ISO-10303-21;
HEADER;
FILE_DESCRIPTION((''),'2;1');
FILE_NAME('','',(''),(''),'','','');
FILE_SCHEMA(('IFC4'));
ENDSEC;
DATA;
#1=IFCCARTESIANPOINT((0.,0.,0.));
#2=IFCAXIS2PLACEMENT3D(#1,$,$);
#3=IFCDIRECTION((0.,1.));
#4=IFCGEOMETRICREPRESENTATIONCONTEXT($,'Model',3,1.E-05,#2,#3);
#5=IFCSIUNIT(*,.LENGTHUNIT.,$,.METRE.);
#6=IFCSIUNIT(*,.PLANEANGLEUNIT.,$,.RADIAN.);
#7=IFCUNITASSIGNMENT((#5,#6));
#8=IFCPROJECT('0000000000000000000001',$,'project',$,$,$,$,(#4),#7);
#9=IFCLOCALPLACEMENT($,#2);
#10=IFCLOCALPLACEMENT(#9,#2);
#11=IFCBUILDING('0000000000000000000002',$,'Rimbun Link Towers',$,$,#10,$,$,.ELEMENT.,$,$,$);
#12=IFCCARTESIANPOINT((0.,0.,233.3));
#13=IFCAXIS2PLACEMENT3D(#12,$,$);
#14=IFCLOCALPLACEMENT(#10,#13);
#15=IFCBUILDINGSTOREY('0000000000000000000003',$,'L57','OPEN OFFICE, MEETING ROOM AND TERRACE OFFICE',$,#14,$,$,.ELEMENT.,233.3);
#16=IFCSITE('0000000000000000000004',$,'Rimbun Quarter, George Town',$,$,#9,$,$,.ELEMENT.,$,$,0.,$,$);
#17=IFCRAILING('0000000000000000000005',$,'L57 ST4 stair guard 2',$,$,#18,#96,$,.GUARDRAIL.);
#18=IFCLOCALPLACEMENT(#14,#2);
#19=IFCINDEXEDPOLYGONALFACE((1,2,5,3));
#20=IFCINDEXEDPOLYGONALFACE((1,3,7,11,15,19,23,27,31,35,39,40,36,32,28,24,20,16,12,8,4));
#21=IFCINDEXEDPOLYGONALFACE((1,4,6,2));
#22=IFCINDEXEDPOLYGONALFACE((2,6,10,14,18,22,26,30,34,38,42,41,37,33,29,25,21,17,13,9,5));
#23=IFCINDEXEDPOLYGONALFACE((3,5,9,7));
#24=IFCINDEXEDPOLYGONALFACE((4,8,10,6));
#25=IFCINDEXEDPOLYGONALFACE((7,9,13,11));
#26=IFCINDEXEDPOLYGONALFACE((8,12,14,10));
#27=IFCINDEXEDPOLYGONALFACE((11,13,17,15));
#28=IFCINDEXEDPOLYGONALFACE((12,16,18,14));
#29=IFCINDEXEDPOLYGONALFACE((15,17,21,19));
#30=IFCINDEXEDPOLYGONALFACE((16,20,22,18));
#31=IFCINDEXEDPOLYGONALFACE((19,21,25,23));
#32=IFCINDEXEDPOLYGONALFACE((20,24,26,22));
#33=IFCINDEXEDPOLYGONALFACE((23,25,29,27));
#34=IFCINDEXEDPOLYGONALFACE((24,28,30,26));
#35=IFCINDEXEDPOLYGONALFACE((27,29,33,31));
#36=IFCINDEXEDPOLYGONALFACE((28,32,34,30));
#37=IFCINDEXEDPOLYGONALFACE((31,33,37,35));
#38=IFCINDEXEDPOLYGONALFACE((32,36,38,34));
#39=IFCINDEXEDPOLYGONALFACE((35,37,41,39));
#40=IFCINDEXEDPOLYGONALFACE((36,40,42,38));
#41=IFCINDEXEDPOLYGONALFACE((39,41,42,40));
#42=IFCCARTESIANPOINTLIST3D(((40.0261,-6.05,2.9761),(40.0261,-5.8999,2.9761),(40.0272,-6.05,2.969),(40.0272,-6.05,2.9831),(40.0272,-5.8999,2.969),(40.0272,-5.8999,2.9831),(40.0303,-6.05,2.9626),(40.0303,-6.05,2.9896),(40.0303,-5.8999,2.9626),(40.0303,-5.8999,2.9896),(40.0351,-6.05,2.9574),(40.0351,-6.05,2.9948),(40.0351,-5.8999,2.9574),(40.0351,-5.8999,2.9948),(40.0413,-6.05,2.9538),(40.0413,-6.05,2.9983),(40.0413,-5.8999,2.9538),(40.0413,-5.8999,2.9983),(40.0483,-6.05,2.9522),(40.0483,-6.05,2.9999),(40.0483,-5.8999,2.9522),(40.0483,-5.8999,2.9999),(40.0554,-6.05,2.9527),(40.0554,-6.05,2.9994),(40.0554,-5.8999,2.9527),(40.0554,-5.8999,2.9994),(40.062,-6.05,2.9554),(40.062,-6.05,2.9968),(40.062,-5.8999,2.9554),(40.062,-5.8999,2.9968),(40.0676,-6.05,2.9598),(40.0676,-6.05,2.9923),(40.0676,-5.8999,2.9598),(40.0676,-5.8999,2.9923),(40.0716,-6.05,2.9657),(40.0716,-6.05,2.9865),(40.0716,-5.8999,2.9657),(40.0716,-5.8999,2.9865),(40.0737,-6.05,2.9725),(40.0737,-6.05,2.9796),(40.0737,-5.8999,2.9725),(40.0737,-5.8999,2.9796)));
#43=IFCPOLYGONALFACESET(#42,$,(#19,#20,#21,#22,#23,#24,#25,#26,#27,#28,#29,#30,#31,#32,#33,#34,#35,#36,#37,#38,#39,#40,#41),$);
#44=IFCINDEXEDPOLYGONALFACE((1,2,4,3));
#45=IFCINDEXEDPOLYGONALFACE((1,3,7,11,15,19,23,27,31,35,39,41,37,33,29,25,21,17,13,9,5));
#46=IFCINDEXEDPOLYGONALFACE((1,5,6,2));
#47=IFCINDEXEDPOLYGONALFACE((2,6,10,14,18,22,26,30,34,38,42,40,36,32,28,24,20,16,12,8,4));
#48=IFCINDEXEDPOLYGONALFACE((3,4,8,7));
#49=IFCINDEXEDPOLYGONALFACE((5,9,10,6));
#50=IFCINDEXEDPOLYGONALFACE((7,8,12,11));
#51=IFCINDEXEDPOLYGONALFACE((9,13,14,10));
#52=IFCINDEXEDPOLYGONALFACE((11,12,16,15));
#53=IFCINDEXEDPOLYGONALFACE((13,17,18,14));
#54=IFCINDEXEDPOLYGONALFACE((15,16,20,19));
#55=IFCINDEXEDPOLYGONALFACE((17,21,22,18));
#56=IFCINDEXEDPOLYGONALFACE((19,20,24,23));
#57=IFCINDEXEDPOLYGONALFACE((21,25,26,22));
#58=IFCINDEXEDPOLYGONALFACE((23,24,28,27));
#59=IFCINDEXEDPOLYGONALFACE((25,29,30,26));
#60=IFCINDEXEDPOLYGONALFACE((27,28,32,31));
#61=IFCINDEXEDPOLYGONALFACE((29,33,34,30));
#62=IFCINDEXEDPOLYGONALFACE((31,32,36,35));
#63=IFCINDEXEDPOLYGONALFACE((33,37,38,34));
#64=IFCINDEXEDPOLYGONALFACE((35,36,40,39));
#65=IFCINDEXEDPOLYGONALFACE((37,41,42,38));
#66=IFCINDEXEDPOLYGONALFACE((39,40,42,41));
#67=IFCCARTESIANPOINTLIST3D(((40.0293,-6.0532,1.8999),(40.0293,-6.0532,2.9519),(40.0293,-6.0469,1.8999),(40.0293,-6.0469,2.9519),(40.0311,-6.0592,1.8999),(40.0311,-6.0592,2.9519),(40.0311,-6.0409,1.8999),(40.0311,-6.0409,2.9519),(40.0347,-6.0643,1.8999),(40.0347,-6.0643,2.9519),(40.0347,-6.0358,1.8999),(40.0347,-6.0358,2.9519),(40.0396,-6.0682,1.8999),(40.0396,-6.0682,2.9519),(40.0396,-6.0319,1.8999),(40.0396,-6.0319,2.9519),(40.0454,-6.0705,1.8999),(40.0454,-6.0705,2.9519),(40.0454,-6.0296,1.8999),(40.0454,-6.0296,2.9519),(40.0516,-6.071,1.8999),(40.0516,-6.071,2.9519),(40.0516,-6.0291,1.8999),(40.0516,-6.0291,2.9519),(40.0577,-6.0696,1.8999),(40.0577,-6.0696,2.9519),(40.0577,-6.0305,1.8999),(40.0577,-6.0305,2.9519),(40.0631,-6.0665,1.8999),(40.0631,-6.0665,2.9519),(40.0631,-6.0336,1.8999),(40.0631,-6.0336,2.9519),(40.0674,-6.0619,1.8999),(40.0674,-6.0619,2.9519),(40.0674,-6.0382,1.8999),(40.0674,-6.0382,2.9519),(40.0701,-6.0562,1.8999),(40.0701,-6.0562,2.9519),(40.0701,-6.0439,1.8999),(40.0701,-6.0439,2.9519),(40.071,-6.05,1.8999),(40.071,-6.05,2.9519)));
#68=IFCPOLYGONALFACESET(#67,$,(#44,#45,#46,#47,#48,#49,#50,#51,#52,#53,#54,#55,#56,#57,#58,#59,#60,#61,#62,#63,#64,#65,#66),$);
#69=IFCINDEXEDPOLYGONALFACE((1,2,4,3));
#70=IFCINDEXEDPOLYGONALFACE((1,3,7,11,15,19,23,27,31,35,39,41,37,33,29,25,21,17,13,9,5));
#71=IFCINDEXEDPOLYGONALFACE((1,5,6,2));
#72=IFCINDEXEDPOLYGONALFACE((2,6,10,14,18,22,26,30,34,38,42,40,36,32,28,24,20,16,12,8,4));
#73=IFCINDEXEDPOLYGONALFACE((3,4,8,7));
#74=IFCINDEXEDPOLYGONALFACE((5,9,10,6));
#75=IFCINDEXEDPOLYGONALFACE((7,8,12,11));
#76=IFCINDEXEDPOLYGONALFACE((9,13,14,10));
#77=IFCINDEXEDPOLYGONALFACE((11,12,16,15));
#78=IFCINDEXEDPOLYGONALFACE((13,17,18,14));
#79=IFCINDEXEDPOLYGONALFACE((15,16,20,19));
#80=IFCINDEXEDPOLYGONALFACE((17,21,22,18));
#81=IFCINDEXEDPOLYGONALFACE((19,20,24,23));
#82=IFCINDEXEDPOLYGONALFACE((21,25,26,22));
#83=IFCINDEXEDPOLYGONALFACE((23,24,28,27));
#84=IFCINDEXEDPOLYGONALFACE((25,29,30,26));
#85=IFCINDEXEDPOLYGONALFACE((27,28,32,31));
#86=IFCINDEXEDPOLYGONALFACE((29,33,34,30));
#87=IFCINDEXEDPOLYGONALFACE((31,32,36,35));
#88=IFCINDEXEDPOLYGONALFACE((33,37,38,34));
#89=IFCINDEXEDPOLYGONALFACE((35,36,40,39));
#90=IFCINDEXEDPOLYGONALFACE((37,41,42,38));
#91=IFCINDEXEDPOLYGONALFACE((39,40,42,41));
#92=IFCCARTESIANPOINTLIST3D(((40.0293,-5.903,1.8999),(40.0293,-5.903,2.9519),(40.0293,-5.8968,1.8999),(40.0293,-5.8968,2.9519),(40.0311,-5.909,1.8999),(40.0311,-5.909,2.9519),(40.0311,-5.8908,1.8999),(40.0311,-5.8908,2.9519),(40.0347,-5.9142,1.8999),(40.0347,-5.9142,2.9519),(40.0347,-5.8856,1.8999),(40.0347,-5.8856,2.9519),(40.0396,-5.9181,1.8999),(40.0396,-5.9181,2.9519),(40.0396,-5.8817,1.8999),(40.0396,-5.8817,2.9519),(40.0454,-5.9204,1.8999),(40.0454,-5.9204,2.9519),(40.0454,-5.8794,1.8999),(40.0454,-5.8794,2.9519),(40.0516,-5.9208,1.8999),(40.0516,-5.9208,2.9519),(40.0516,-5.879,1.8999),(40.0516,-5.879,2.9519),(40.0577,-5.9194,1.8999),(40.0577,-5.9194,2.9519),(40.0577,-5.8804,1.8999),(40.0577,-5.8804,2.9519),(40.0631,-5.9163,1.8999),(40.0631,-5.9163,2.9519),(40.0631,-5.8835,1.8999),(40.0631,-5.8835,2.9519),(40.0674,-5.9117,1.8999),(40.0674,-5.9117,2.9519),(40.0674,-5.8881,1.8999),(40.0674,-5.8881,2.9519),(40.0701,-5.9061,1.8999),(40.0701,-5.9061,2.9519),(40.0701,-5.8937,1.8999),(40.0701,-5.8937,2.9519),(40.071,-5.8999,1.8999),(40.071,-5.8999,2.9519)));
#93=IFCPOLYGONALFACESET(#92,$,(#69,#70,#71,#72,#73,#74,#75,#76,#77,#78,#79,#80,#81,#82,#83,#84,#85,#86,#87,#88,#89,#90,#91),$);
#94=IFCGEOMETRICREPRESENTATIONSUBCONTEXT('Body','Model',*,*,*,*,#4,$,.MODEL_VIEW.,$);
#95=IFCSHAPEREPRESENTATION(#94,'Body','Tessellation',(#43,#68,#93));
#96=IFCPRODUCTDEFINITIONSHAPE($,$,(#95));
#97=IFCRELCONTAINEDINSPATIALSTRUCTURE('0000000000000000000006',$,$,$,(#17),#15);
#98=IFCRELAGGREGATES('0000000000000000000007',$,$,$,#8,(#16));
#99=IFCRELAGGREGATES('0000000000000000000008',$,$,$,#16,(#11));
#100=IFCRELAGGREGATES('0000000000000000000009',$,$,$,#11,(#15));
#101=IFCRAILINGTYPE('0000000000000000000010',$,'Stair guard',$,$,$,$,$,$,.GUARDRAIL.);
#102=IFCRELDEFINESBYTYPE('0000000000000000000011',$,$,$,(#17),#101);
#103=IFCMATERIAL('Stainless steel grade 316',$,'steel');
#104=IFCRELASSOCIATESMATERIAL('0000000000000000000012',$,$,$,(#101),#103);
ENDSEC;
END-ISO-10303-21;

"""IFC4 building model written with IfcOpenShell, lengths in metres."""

from ifc_helpers import new_model, si_unit, direction, frame, origin, origin_2d, place, context, subcontext, project, spatial, circle, extrude, material, type_object, element, save


model = new_model("IFC4")

# Units and contexts
model_context = context("Model", 3, precision=1e-05, world=origin(), true_north=direction((0.0, 1.0)))
body_context = subcontext(model_context, "Body", "Model", "MODEL_VIEW")
ifc_project = project(units=[si_unit("LENGTHUNIT", "METRE"), si_unit("PLANEANGLEUNIT", "RADIAN")], contexts=[model_context])

# Site, building, storey
site_placement = place(None, origin())
site = spatial("IfcSite", under=ifc_project, at=site_placement, Name="Rimbun Quarter, George Town", CompositionType="ELEMENT", RefElevation=0.0)
building_placement = place(site_placement, origin())
building = spatial("IfcBuilding", under=site, at=building_placement, Name="Rimbun Link Towers", CompositionType="ELEMENT")
storey_placement = place(building_placement, frame((0.0, 0.0, 233.3)))
storey = spatial("IfcBuildingStorey", under=building, at=storey_placement, Name="L57", Description="OPEN OFFICE, MEETING ROOM AND TERRACE OFFICE", CompositionType="ELEMENT", Elevation=233.3)

# Railing
ifc_material_1 = material(Name="Stainless steel grade 316", Category="steel")
railing_type_1 = type_object("IfcRailingType", Name="Stair guard", PredefinedType="GUARDRAIL", material=ifc_material_1)
railing_1_placement = place(storey_placement, frame((40.05, -6.05, 1.8999)))
element("IfcRailing", 1, at=railing_1_placement, inside=storey, type_object=railing_type_1, Name="L57 ST4 stair guard 2", PredefinedType="GUARDRAIL", context=body_context, shape_type="SweptSolid", body=[
    extrude(circle(Radius=0.0239, at=origin_2d()), frame((0.0, 0.0, 1.0762), z_axis=(0.0, 1.0, 0.0), x_axis=(-1.0, 0.0, 0.0)), (0.0, 0.0, 1.0), 0.1501),
    extrude(circle(Radius=0.021, at=origin_2d()), origin(), (0.0, 0.0, 1.0), 1.052),
    extrude(circle(Radius=0.021, at=origin_2d()), frame((0.0, 0.1501, 0.0)), (0.0, 0.0, 1.0), 1.052),
])

save(model, "model.ifc")
